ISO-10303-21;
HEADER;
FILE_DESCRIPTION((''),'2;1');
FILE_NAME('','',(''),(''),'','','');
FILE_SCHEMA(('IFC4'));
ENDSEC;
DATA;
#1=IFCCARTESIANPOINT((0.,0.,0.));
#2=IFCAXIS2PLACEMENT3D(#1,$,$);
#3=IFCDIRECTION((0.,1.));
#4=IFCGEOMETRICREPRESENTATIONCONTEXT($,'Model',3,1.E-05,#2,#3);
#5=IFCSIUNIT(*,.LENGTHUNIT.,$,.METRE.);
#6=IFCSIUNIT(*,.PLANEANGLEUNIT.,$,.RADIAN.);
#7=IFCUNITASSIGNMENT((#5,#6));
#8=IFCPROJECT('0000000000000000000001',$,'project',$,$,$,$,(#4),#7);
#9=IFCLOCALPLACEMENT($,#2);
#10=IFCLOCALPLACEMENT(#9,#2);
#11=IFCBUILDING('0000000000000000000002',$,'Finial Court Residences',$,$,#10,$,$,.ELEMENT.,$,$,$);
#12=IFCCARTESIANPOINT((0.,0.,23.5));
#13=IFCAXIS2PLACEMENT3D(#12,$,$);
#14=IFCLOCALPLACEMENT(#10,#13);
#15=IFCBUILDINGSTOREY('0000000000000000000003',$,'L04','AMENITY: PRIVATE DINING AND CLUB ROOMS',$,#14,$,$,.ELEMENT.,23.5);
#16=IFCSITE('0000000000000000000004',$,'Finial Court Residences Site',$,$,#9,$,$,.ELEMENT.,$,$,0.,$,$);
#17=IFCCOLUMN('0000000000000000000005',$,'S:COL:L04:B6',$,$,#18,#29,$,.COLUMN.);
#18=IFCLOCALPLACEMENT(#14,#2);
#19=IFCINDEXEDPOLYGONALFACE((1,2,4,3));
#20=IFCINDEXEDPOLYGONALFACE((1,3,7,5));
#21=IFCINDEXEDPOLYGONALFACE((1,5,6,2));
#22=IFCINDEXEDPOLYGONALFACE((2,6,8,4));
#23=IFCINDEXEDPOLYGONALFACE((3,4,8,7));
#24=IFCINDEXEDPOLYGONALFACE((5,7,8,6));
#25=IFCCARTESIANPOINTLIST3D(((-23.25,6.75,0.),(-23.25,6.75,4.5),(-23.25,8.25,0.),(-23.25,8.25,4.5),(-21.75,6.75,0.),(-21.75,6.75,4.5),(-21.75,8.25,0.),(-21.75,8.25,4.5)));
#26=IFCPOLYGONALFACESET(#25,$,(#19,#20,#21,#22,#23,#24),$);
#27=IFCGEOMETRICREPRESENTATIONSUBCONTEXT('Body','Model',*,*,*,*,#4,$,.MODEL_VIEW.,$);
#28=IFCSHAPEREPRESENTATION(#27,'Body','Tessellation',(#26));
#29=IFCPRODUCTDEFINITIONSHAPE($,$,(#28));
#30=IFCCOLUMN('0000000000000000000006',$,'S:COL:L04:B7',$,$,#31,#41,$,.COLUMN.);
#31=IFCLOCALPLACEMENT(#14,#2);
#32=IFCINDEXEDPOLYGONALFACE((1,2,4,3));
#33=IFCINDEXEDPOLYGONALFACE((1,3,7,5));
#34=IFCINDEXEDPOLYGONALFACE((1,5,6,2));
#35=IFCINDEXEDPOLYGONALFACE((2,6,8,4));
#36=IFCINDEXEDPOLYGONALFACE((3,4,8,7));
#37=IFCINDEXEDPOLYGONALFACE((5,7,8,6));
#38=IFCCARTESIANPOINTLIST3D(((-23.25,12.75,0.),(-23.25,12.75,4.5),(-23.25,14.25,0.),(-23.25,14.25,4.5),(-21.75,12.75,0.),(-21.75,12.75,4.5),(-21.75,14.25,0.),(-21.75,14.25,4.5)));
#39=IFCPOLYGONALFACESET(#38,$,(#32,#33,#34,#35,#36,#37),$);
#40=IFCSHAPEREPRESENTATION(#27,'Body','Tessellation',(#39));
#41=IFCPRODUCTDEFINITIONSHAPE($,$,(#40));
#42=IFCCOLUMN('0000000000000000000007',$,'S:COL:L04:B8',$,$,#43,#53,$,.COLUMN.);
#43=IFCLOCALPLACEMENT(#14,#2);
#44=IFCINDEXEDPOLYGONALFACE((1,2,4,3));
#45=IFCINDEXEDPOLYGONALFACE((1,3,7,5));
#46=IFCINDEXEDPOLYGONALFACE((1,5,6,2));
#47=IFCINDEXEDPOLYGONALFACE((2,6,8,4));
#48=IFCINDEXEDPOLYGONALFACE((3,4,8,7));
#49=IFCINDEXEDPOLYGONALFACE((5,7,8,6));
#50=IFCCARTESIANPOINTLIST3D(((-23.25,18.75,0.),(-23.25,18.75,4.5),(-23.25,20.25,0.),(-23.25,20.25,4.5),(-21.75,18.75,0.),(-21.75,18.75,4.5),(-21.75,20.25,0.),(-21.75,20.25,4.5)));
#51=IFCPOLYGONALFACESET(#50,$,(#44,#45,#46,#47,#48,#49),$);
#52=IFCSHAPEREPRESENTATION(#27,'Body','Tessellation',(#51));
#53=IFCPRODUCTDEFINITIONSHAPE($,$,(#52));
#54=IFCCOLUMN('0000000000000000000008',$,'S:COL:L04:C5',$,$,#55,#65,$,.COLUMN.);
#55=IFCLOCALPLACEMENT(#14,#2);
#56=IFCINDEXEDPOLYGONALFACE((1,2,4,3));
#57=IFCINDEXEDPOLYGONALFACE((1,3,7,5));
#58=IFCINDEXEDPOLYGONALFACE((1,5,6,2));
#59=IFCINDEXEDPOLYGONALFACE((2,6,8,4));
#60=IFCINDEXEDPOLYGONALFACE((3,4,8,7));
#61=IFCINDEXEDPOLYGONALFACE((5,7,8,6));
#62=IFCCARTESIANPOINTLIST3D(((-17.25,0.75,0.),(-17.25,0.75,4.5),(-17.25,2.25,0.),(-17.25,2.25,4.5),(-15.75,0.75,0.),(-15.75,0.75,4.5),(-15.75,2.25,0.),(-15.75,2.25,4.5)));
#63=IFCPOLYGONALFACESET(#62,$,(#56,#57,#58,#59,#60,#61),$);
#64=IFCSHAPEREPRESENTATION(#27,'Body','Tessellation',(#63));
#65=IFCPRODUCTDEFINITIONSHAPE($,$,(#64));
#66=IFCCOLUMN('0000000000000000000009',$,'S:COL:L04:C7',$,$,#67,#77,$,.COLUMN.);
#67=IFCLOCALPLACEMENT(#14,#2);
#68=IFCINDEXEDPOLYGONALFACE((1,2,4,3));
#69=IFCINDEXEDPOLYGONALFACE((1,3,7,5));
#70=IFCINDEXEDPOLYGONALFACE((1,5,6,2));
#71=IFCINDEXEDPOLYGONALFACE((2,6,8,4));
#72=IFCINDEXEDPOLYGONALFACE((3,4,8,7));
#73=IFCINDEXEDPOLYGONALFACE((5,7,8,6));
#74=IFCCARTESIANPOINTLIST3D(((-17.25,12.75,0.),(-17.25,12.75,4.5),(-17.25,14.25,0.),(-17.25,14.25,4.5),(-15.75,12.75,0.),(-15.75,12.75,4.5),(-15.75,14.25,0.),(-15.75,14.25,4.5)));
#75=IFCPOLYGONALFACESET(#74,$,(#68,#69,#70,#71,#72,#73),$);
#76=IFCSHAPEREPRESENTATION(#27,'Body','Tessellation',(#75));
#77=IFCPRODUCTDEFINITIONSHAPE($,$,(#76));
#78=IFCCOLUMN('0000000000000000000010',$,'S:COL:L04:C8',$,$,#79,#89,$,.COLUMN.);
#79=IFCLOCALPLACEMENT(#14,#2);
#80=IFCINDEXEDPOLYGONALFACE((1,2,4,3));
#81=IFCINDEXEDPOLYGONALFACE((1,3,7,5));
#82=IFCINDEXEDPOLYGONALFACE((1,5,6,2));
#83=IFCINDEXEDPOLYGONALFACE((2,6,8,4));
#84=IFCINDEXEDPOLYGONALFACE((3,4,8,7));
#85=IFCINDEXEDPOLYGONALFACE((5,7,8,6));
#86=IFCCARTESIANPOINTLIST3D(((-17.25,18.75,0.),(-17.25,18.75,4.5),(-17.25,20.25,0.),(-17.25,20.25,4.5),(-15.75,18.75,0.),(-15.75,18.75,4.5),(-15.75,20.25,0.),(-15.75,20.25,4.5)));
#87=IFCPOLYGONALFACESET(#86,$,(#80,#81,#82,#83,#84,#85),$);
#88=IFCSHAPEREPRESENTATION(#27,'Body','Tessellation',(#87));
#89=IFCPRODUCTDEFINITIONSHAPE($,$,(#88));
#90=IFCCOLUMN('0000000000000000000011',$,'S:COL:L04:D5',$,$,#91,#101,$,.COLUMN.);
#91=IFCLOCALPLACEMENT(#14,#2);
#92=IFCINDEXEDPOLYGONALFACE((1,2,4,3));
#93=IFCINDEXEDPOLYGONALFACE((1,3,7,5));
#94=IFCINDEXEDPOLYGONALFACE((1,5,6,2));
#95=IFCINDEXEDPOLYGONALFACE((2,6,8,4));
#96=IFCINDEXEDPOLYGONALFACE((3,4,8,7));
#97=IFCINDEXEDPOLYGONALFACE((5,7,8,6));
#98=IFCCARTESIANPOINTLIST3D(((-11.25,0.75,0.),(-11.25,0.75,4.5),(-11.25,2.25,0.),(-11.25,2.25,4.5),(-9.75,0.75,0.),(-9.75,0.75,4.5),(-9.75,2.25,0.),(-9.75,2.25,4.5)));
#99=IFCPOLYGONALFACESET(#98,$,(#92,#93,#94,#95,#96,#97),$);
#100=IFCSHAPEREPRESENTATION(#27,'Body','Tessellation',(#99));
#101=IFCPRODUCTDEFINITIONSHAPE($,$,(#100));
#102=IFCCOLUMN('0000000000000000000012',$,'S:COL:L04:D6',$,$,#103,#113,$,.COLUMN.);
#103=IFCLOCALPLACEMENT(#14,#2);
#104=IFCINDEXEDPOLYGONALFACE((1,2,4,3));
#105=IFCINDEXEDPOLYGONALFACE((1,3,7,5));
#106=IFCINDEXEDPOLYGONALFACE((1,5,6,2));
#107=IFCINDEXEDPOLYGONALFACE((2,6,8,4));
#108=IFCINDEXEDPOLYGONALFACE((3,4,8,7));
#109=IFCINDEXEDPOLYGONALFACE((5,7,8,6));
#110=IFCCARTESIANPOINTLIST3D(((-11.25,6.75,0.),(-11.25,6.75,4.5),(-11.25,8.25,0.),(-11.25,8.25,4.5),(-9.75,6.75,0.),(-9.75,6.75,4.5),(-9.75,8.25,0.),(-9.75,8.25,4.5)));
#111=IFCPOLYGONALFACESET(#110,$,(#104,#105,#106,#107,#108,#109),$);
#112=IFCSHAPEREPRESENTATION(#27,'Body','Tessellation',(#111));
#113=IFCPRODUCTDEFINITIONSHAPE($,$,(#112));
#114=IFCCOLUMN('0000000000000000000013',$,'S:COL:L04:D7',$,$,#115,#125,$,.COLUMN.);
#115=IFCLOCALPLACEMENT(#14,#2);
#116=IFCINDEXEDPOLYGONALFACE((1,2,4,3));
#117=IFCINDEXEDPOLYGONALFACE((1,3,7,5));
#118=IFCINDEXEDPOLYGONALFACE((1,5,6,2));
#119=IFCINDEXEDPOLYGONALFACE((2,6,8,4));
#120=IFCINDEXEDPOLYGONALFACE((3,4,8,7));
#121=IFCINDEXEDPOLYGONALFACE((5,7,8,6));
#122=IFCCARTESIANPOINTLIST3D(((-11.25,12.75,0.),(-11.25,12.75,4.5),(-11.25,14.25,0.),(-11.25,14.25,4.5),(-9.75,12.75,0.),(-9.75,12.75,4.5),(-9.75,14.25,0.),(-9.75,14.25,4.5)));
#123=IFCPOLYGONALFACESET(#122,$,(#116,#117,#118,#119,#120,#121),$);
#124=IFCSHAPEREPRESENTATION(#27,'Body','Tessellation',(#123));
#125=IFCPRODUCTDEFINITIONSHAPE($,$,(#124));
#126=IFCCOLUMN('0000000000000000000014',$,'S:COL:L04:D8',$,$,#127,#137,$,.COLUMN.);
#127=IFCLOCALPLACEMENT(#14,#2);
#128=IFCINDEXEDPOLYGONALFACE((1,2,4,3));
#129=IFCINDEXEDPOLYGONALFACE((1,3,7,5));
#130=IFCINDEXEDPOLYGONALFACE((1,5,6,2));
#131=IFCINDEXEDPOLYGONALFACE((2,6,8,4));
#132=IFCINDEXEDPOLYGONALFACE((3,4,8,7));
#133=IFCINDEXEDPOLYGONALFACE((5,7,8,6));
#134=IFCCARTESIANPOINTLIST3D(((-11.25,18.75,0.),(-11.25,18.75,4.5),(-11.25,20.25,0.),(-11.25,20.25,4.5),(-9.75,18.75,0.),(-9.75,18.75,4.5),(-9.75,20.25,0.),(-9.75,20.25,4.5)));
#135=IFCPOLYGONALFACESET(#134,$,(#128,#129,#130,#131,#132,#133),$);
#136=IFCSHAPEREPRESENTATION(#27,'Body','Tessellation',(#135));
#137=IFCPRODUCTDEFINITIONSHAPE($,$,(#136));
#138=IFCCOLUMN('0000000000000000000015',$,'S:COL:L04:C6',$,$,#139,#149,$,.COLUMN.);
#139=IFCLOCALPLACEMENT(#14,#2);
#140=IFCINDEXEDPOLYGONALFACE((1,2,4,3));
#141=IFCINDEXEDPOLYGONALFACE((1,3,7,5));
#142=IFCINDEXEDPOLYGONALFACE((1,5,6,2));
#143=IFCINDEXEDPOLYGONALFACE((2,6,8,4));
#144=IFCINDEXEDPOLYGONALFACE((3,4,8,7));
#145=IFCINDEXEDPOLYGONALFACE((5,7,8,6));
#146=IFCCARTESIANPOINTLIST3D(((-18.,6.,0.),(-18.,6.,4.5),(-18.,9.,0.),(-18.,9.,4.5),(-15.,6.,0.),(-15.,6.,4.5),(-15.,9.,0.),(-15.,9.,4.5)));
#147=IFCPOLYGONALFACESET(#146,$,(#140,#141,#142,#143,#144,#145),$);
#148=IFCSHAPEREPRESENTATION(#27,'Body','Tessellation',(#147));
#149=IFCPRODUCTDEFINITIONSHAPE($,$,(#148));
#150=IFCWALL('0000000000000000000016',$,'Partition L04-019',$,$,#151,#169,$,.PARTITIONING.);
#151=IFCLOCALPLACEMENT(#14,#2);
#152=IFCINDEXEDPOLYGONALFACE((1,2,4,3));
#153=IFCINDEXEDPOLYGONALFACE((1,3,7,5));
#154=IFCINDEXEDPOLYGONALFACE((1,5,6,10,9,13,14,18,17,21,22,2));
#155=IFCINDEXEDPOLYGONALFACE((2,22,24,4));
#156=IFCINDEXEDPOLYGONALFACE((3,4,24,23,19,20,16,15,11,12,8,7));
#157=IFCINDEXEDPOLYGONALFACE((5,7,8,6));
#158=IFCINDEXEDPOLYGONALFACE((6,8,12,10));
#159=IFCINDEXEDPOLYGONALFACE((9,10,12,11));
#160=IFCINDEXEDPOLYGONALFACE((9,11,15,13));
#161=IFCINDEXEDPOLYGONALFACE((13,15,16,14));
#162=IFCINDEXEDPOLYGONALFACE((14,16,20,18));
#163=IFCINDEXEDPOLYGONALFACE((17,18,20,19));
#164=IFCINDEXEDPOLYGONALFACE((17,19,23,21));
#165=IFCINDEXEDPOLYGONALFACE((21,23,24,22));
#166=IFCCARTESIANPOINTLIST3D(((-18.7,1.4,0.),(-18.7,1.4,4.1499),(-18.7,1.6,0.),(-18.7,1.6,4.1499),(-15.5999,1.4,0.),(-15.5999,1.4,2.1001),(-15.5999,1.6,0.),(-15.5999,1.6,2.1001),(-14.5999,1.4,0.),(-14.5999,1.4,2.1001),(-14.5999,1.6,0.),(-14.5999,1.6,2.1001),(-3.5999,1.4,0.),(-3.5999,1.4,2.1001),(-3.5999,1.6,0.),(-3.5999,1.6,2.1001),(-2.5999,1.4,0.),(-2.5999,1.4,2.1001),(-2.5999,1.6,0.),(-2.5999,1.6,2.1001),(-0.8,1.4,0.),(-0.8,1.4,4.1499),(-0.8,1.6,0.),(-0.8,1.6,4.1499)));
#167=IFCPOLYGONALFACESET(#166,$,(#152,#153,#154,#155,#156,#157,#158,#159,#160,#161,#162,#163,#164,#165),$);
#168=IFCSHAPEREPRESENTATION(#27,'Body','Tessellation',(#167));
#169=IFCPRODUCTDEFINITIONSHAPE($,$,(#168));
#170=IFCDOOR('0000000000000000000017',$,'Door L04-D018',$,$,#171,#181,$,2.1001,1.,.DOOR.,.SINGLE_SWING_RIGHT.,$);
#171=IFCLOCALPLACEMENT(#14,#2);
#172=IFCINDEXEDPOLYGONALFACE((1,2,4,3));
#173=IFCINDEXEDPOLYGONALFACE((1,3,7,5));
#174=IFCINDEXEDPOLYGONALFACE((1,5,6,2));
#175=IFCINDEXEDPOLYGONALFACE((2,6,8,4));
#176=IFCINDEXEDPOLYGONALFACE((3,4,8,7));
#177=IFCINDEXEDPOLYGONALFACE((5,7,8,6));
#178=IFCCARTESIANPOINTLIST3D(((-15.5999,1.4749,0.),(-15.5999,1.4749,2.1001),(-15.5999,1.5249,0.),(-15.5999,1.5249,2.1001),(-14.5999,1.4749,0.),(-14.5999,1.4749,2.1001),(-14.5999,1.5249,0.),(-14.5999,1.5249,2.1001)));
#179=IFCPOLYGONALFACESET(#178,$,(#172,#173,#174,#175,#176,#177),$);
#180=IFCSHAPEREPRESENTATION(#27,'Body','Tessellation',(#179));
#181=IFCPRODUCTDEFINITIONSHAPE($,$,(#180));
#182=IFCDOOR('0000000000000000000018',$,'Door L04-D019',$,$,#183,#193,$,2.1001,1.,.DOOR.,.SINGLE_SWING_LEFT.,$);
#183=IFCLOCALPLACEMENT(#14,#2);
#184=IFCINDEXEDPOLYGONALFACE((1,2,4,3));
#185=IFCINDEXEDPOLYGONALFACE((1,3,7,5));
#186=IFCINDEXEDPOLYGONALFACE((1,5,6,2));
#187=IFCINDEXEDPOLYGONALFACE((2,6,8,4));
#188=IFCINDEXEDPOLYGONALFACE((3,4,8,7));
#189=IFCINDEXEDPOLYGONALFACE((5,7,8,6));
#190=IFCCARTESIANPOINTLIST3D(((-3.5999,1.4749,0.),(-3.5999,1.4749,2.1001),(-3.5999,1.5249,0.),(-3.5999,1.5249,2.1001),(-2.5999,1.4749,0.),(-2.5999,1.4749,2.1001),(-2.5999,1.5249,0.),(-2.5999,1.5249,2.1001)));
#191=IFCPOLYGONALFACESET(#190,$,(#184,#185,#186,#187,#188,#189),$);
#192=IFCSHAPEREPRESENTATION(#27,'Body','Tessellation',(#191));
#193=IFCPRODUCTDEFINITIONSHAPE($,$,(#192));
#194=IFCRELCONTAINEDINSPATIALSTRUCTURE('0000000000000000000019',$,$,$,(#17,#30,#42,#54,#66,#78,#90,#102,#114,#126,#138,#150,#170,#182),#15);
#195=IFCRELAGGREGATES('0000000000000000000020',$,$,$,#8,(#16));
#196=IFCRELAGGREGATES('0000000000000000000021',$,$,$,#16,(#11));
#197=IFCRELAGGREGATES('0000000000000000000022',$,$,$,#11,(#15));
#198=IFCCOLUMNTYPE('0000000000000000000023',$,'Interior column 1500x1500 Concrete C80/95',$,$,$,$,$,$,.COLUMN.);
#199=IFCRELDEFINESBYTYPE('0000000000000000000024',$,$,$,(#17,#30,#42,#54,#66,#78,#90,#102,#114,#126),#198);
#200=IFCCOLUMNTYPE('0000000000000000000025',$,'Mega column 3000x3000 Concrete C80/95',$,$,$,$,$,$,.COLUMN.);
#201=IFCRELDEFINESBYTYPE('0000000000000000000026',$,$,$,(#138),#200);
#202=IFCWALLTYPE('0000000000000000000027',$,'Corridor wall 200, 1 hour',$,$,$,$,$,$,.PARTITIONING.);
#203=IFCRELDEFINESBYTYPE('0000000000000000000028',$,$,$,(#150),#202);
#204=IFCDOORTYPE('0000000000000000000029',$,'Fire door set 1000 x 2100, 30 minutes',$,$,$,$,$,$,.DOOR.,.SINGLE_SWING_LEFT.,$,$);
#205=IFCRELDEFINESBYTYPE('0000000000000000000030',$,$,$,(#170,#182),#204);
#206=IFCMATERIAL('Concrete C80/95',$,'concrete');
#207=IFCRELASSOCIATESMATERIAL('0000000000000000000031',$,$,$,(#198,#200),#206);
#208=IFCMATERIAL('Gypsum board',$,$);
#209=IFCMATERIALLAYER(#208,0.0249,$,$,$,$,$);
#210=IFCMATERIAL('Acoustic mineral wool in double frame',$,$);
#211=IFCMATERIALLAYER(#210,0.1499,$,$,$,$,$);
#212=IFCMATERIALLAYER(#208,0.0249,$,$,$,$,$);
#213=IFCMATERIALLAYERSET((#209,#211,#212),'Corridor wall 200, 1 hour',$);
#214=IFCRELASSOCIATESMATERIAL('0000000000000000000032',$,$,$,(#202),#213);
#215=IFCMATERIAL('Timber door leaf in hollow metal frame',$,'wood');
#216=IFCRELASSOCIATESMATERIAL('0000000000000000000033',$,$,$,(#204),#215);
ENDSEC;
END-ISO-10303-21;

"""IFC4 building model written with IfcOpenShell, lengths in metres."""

from ifc_helpers import new_model, si_unit, direction, frame, frame_2d, origin, origin_2d, place, context, subcontext, project, spatial, rectangle, extrude, material, layer, layer_set, material_profile, profile_set, type_object, element, fill, save


model = new_model("IFC4")

# Units and contexts
model_context = context("Model", 3, precision=1e-05, world=origin(), true_north=direction((0.0, 1.0)))
body_context = subcontext(model_context, "Body", "Model", "MODEL_VIEW")
ifc_project = project(units=[si_unit("LENGTHUNIT", "METRE"), si_unit("PLANEANGLEUNIT", "RADIAN")], contexts=[model_context])

# Site, building, storey
site_placement = place(None, origin())
site = spatial("IfcSite", under=ifc_project, at=site_placement, Name="Finial Court Residences Site", CompositionType="ELEMENT", RefElevation=0.0)
building_placement = place(site_placement, origin())
building = spatial("IfcBuilding", under=site, at=building_placement, Name="Finial Court Residences", CompositionType="ELEMENT")
storey_placement = place(building_placement, frame((0.0, 0.0, 23.5)))
storey = spatial("IfcBuildingStorey", under=building, at=storey_placement, Name="L04", Description="AMENITY: PRIVATE DINING AND CLUB ROOMS", CompositionType="ELEMENT", Elevation=23.5)

# Columns
ifc_material_1 = material(Name="Concrete C80/95", Category="concrete")
ifc_material_profile_1 = material_profile(ifc_material_1, rectangle(XDim=1.5, YDim=1.5, at=origin_2d()), Name="1500x1500")
ifc_profile_set_1 = profile_set([ifc_material_profile_1], Name="Concrete C80/95")
column_type_1 = type_object("IfcColumnType", Name="Interior column 1500x1500 Concrete C80/95", PredefinedType="COLUMN", material=ifc_profile_set_1)
for number, where, z_axis, x_axis, name in (
    (1, (-22.5, 7.5, 0.0), (0.0, 0.0, 1.0), (1.0, 0.0, 0.0), "S:COL:L04:B6"),
    (2, (-22.5, 13.5, 0.0), (0.0, 0.0, 1.0), (1.0, 0.0, 0.0), "S:COL:L04:B7"),
    (3, (-22.5, 19.5, 0.0), (0.0, 0.0, 1.0), (1.0, 0.0, 0.0), "S:COL:L04:B8"),
    (4, (-16.5, 1.5, 0.0), (0.0, 0.0, 1.0), (1.0, 0.0, 0.0), "S:COL:L04:C5"),
    (5, (-16.5, 13.5, 0.0), (0.0, 0.0, 1.0), (1.0, 0.0, 0.0), "S:COL:L04:C7"),
    (6, (-16.5, 19.5, 0.0), (0.0, 0.0, 1.0), (1.0, 0.0, 0.0), "S:COL:L04:C8"),
    (7, (-10.5, 1.5, 0.0), (0.0, 0.0, 1.0), (1.0, 0.0, 0.0), "S:COL:L04:D5"),
    (8, (-10.5, 7.5, 0.0), (0.0, 0.0, 1.0), (1.0, 0.0, 0.0), "S:COL:L04:D6"),
    (9, (-10.5, 13.5, 0.0), (0.0, 0.0, 1.0), (1.0, 0.0, 0.0), "S:COL:L04:D7"),
    (10, (-10.5, 19.5, 0.0), (0.0, 0.0, 1.0), (1.0, 0.0, 0.0), "S:COL:L04:D8"),
):
    element("IfcColumn", number, at=place(storey_placement, frame(where, z_axis=z_axis, x_axis=x_axis)), inside=storey, type_object=column_type_1, Name=name, PredefinedType="COLUMN", context=body_context, shape_type="SweptSolid", body=[
        extrude(rectangle(XDim=1.5, YDim=1.5, at=origin_2d()), origin(), (0.0, 0.0, 1.0), 4.5),
    ])
ifc_material_profile_2 = material_profile(ifc_material_1, rectangle(XDim=3.0, YDim=3.0, at=origin_2d()), Name="3000x3000")
ifc_profile_set_2 = profile_set([ifc_material_profile_2], Name="Concrete C80/95")
column_type_2 = type_object("IfcColumnType", Name="Mega column 3000x3000 Concrete C80/95", PredefinedType="COLUMN", material=ifc_profile_set_2)
column_placement = place(storey_placement, frame((-16.5, 7.5, 0.0), z_axis=(0.0, 0.0, 1.0), x_axis=(1.0, 0.0, 0.0)))
element("IfcColumn", 11, at=column_placement, inside=storey, type_object=column_type_2, Name="S:COL:L04:C6", PredefinedType="COLUMN", context=body_context, shape_type="SweptSolid", body=[
    extrude(rectangle(XDim=3.0, YDim=3.0, at=origin_2d()), origin(), (0.0, 0.0, 1.0), 4.5),
])

# Wall, openings, doors
ifc_material_2 = material(Name="Gypsum board")
ifc_layer_1 = layer(ifc_material_2, 0.0249)
ifc_material_3 = material(Name="Acoustic mineral wool in double frame")
ifc_layer_2 = layer(ifc_material_3, 0.1499)
ifc_layer_3 = layer(ifc_material_2, 0.0249)
ifc_layer_set_1 = layer_set([ifc_layer_1, ifc_layer_2, ifc_layer_3], Name="Corridor wall 200, 1 hour")
wall_type_1 = type_object("IfcWallType", Name="Corridor wall 200, 1 hour", PredefinedType="PARTITIONING", material=ifc_layer_set_1)
wall_1_placement = place(storey_placement, frame((-18.7, 1.5, 0.0), z_axis=(0.0, 0.0, 1.0), x_axis=(1.0, 0.0, 0.0)))
wall_1 = element("IfcWall", 12, at=wall_1_placement, inside=storey, type_object=wall_type_1, Name="Partition L04-019", PredefinedType="PARTITIONING", context=body_context, shape_type="SweptSolid", body=[
    extrude(rectangle(XDim=17.8999, YDim=0.2, at=frame_2d((8.95, 0.0))), origin(), (0.0, 0.0, 1.0), 4.1499),
])
opening_1_placement = place(wall_1_placement, frame((3.1001, 0.0, 0.0)))
opening_1 = element("IfcOpeningElement", 13, at=opening_1_placement, cuts=wall_1, PredefinedType="OPENING", context=body_context, shape_type="SweptSolid", body=[
    extrude(rectangle(XDim=1.0, YDim=2.1001, at=frame_2d((0.5, 1.05))), frame((0.0, 0.1099, 0.0), z_axis=(0.0, -1.0, 0.0), x_axis=(1.0, 0.0, 0.0)), (0.0, 0.0, 1.0), 0.22),
])
opening_2_placement = place(wall_1_placement, frame((15.1001, 0.0, 0.0)))
opening_2 = element("IfcOpeningElement", 14, at=opening_2_placement, cuts=wall_1, PredefinedType="OPENING", context=body_context, shape_type="SweptSolid", body=[
    extrude(rectangle(XDim=1.0, YDim=2.1001, at=frame_2d((0.5, 1.05))), frame((0.0, 0.1099, 0.0), z_axis=(0.0, -1.0, 0.0), x_axis=(1.0, 0.0, 0.0)), (0.0, 0.0, 1.0), 0.22),
])
ifc_material_4 = material(Name="Timber door leaf in hollow metal frame", Category="wood")
door_type = type_object("IfcDoorType", Name="Fire door set 1000 x 2100, 30 minutes", OperationType="SINGLE_SWING_LEFT", PredefinedType="DOOR", material=ifc_material_4)
door_1_placement = place(opening_1_placement, origin())
door_1 = element("IfcDoor", 15, at=door_1_placement, inside=storey, type_object=door_type, Name="Door L04-D018", OperationType="SINGLE_SWING_RIGHT", OverallHeight=2.1001, OverallWidth=1.0, PredefinedType="DOOR", context=body_context, shape_type="SweptSolid", body=[
    extrude(rectangle(XDim=1.0, YDim=2.1001, at=frame_2d((0.5, 1.05))), frame((0.0, 0.0249, 0.0), z_axis=(0.0, -1.0, 0.0), x_axis=(1.0, 0.0, 0.0)), (0.0, 0.0, 1.0), 0.05),
])
fill(opening_1, door_1)
door_2_placement = place(opening_2_placement, origin())
door_2 = element("IfcDoor", 16, at=door_2_placement, inside=storey, type_object=door_type, Name="Door L04-D019", OperationType="SINGLE_SWING_LEFT", OverallHeight=2.1001, OverallWidth=1.0, PredefinedType="DOOR", context=body_context, shape_type="SweptSolid", body=[
    extrude(rectangle(XDim=1.0, YDim=2.1001, at=frame_2d((0.5, 1.05))), frame((0.0, 0.0249, 0.0), z_axis=(0.0, -1.0, 0.0), x_axis=(1.0, 0.0, 0.0)), (0.0, 0.0, 1.0), 0.05),
])
fill(opening_2, door_2)

save(model, "model.ifc")
